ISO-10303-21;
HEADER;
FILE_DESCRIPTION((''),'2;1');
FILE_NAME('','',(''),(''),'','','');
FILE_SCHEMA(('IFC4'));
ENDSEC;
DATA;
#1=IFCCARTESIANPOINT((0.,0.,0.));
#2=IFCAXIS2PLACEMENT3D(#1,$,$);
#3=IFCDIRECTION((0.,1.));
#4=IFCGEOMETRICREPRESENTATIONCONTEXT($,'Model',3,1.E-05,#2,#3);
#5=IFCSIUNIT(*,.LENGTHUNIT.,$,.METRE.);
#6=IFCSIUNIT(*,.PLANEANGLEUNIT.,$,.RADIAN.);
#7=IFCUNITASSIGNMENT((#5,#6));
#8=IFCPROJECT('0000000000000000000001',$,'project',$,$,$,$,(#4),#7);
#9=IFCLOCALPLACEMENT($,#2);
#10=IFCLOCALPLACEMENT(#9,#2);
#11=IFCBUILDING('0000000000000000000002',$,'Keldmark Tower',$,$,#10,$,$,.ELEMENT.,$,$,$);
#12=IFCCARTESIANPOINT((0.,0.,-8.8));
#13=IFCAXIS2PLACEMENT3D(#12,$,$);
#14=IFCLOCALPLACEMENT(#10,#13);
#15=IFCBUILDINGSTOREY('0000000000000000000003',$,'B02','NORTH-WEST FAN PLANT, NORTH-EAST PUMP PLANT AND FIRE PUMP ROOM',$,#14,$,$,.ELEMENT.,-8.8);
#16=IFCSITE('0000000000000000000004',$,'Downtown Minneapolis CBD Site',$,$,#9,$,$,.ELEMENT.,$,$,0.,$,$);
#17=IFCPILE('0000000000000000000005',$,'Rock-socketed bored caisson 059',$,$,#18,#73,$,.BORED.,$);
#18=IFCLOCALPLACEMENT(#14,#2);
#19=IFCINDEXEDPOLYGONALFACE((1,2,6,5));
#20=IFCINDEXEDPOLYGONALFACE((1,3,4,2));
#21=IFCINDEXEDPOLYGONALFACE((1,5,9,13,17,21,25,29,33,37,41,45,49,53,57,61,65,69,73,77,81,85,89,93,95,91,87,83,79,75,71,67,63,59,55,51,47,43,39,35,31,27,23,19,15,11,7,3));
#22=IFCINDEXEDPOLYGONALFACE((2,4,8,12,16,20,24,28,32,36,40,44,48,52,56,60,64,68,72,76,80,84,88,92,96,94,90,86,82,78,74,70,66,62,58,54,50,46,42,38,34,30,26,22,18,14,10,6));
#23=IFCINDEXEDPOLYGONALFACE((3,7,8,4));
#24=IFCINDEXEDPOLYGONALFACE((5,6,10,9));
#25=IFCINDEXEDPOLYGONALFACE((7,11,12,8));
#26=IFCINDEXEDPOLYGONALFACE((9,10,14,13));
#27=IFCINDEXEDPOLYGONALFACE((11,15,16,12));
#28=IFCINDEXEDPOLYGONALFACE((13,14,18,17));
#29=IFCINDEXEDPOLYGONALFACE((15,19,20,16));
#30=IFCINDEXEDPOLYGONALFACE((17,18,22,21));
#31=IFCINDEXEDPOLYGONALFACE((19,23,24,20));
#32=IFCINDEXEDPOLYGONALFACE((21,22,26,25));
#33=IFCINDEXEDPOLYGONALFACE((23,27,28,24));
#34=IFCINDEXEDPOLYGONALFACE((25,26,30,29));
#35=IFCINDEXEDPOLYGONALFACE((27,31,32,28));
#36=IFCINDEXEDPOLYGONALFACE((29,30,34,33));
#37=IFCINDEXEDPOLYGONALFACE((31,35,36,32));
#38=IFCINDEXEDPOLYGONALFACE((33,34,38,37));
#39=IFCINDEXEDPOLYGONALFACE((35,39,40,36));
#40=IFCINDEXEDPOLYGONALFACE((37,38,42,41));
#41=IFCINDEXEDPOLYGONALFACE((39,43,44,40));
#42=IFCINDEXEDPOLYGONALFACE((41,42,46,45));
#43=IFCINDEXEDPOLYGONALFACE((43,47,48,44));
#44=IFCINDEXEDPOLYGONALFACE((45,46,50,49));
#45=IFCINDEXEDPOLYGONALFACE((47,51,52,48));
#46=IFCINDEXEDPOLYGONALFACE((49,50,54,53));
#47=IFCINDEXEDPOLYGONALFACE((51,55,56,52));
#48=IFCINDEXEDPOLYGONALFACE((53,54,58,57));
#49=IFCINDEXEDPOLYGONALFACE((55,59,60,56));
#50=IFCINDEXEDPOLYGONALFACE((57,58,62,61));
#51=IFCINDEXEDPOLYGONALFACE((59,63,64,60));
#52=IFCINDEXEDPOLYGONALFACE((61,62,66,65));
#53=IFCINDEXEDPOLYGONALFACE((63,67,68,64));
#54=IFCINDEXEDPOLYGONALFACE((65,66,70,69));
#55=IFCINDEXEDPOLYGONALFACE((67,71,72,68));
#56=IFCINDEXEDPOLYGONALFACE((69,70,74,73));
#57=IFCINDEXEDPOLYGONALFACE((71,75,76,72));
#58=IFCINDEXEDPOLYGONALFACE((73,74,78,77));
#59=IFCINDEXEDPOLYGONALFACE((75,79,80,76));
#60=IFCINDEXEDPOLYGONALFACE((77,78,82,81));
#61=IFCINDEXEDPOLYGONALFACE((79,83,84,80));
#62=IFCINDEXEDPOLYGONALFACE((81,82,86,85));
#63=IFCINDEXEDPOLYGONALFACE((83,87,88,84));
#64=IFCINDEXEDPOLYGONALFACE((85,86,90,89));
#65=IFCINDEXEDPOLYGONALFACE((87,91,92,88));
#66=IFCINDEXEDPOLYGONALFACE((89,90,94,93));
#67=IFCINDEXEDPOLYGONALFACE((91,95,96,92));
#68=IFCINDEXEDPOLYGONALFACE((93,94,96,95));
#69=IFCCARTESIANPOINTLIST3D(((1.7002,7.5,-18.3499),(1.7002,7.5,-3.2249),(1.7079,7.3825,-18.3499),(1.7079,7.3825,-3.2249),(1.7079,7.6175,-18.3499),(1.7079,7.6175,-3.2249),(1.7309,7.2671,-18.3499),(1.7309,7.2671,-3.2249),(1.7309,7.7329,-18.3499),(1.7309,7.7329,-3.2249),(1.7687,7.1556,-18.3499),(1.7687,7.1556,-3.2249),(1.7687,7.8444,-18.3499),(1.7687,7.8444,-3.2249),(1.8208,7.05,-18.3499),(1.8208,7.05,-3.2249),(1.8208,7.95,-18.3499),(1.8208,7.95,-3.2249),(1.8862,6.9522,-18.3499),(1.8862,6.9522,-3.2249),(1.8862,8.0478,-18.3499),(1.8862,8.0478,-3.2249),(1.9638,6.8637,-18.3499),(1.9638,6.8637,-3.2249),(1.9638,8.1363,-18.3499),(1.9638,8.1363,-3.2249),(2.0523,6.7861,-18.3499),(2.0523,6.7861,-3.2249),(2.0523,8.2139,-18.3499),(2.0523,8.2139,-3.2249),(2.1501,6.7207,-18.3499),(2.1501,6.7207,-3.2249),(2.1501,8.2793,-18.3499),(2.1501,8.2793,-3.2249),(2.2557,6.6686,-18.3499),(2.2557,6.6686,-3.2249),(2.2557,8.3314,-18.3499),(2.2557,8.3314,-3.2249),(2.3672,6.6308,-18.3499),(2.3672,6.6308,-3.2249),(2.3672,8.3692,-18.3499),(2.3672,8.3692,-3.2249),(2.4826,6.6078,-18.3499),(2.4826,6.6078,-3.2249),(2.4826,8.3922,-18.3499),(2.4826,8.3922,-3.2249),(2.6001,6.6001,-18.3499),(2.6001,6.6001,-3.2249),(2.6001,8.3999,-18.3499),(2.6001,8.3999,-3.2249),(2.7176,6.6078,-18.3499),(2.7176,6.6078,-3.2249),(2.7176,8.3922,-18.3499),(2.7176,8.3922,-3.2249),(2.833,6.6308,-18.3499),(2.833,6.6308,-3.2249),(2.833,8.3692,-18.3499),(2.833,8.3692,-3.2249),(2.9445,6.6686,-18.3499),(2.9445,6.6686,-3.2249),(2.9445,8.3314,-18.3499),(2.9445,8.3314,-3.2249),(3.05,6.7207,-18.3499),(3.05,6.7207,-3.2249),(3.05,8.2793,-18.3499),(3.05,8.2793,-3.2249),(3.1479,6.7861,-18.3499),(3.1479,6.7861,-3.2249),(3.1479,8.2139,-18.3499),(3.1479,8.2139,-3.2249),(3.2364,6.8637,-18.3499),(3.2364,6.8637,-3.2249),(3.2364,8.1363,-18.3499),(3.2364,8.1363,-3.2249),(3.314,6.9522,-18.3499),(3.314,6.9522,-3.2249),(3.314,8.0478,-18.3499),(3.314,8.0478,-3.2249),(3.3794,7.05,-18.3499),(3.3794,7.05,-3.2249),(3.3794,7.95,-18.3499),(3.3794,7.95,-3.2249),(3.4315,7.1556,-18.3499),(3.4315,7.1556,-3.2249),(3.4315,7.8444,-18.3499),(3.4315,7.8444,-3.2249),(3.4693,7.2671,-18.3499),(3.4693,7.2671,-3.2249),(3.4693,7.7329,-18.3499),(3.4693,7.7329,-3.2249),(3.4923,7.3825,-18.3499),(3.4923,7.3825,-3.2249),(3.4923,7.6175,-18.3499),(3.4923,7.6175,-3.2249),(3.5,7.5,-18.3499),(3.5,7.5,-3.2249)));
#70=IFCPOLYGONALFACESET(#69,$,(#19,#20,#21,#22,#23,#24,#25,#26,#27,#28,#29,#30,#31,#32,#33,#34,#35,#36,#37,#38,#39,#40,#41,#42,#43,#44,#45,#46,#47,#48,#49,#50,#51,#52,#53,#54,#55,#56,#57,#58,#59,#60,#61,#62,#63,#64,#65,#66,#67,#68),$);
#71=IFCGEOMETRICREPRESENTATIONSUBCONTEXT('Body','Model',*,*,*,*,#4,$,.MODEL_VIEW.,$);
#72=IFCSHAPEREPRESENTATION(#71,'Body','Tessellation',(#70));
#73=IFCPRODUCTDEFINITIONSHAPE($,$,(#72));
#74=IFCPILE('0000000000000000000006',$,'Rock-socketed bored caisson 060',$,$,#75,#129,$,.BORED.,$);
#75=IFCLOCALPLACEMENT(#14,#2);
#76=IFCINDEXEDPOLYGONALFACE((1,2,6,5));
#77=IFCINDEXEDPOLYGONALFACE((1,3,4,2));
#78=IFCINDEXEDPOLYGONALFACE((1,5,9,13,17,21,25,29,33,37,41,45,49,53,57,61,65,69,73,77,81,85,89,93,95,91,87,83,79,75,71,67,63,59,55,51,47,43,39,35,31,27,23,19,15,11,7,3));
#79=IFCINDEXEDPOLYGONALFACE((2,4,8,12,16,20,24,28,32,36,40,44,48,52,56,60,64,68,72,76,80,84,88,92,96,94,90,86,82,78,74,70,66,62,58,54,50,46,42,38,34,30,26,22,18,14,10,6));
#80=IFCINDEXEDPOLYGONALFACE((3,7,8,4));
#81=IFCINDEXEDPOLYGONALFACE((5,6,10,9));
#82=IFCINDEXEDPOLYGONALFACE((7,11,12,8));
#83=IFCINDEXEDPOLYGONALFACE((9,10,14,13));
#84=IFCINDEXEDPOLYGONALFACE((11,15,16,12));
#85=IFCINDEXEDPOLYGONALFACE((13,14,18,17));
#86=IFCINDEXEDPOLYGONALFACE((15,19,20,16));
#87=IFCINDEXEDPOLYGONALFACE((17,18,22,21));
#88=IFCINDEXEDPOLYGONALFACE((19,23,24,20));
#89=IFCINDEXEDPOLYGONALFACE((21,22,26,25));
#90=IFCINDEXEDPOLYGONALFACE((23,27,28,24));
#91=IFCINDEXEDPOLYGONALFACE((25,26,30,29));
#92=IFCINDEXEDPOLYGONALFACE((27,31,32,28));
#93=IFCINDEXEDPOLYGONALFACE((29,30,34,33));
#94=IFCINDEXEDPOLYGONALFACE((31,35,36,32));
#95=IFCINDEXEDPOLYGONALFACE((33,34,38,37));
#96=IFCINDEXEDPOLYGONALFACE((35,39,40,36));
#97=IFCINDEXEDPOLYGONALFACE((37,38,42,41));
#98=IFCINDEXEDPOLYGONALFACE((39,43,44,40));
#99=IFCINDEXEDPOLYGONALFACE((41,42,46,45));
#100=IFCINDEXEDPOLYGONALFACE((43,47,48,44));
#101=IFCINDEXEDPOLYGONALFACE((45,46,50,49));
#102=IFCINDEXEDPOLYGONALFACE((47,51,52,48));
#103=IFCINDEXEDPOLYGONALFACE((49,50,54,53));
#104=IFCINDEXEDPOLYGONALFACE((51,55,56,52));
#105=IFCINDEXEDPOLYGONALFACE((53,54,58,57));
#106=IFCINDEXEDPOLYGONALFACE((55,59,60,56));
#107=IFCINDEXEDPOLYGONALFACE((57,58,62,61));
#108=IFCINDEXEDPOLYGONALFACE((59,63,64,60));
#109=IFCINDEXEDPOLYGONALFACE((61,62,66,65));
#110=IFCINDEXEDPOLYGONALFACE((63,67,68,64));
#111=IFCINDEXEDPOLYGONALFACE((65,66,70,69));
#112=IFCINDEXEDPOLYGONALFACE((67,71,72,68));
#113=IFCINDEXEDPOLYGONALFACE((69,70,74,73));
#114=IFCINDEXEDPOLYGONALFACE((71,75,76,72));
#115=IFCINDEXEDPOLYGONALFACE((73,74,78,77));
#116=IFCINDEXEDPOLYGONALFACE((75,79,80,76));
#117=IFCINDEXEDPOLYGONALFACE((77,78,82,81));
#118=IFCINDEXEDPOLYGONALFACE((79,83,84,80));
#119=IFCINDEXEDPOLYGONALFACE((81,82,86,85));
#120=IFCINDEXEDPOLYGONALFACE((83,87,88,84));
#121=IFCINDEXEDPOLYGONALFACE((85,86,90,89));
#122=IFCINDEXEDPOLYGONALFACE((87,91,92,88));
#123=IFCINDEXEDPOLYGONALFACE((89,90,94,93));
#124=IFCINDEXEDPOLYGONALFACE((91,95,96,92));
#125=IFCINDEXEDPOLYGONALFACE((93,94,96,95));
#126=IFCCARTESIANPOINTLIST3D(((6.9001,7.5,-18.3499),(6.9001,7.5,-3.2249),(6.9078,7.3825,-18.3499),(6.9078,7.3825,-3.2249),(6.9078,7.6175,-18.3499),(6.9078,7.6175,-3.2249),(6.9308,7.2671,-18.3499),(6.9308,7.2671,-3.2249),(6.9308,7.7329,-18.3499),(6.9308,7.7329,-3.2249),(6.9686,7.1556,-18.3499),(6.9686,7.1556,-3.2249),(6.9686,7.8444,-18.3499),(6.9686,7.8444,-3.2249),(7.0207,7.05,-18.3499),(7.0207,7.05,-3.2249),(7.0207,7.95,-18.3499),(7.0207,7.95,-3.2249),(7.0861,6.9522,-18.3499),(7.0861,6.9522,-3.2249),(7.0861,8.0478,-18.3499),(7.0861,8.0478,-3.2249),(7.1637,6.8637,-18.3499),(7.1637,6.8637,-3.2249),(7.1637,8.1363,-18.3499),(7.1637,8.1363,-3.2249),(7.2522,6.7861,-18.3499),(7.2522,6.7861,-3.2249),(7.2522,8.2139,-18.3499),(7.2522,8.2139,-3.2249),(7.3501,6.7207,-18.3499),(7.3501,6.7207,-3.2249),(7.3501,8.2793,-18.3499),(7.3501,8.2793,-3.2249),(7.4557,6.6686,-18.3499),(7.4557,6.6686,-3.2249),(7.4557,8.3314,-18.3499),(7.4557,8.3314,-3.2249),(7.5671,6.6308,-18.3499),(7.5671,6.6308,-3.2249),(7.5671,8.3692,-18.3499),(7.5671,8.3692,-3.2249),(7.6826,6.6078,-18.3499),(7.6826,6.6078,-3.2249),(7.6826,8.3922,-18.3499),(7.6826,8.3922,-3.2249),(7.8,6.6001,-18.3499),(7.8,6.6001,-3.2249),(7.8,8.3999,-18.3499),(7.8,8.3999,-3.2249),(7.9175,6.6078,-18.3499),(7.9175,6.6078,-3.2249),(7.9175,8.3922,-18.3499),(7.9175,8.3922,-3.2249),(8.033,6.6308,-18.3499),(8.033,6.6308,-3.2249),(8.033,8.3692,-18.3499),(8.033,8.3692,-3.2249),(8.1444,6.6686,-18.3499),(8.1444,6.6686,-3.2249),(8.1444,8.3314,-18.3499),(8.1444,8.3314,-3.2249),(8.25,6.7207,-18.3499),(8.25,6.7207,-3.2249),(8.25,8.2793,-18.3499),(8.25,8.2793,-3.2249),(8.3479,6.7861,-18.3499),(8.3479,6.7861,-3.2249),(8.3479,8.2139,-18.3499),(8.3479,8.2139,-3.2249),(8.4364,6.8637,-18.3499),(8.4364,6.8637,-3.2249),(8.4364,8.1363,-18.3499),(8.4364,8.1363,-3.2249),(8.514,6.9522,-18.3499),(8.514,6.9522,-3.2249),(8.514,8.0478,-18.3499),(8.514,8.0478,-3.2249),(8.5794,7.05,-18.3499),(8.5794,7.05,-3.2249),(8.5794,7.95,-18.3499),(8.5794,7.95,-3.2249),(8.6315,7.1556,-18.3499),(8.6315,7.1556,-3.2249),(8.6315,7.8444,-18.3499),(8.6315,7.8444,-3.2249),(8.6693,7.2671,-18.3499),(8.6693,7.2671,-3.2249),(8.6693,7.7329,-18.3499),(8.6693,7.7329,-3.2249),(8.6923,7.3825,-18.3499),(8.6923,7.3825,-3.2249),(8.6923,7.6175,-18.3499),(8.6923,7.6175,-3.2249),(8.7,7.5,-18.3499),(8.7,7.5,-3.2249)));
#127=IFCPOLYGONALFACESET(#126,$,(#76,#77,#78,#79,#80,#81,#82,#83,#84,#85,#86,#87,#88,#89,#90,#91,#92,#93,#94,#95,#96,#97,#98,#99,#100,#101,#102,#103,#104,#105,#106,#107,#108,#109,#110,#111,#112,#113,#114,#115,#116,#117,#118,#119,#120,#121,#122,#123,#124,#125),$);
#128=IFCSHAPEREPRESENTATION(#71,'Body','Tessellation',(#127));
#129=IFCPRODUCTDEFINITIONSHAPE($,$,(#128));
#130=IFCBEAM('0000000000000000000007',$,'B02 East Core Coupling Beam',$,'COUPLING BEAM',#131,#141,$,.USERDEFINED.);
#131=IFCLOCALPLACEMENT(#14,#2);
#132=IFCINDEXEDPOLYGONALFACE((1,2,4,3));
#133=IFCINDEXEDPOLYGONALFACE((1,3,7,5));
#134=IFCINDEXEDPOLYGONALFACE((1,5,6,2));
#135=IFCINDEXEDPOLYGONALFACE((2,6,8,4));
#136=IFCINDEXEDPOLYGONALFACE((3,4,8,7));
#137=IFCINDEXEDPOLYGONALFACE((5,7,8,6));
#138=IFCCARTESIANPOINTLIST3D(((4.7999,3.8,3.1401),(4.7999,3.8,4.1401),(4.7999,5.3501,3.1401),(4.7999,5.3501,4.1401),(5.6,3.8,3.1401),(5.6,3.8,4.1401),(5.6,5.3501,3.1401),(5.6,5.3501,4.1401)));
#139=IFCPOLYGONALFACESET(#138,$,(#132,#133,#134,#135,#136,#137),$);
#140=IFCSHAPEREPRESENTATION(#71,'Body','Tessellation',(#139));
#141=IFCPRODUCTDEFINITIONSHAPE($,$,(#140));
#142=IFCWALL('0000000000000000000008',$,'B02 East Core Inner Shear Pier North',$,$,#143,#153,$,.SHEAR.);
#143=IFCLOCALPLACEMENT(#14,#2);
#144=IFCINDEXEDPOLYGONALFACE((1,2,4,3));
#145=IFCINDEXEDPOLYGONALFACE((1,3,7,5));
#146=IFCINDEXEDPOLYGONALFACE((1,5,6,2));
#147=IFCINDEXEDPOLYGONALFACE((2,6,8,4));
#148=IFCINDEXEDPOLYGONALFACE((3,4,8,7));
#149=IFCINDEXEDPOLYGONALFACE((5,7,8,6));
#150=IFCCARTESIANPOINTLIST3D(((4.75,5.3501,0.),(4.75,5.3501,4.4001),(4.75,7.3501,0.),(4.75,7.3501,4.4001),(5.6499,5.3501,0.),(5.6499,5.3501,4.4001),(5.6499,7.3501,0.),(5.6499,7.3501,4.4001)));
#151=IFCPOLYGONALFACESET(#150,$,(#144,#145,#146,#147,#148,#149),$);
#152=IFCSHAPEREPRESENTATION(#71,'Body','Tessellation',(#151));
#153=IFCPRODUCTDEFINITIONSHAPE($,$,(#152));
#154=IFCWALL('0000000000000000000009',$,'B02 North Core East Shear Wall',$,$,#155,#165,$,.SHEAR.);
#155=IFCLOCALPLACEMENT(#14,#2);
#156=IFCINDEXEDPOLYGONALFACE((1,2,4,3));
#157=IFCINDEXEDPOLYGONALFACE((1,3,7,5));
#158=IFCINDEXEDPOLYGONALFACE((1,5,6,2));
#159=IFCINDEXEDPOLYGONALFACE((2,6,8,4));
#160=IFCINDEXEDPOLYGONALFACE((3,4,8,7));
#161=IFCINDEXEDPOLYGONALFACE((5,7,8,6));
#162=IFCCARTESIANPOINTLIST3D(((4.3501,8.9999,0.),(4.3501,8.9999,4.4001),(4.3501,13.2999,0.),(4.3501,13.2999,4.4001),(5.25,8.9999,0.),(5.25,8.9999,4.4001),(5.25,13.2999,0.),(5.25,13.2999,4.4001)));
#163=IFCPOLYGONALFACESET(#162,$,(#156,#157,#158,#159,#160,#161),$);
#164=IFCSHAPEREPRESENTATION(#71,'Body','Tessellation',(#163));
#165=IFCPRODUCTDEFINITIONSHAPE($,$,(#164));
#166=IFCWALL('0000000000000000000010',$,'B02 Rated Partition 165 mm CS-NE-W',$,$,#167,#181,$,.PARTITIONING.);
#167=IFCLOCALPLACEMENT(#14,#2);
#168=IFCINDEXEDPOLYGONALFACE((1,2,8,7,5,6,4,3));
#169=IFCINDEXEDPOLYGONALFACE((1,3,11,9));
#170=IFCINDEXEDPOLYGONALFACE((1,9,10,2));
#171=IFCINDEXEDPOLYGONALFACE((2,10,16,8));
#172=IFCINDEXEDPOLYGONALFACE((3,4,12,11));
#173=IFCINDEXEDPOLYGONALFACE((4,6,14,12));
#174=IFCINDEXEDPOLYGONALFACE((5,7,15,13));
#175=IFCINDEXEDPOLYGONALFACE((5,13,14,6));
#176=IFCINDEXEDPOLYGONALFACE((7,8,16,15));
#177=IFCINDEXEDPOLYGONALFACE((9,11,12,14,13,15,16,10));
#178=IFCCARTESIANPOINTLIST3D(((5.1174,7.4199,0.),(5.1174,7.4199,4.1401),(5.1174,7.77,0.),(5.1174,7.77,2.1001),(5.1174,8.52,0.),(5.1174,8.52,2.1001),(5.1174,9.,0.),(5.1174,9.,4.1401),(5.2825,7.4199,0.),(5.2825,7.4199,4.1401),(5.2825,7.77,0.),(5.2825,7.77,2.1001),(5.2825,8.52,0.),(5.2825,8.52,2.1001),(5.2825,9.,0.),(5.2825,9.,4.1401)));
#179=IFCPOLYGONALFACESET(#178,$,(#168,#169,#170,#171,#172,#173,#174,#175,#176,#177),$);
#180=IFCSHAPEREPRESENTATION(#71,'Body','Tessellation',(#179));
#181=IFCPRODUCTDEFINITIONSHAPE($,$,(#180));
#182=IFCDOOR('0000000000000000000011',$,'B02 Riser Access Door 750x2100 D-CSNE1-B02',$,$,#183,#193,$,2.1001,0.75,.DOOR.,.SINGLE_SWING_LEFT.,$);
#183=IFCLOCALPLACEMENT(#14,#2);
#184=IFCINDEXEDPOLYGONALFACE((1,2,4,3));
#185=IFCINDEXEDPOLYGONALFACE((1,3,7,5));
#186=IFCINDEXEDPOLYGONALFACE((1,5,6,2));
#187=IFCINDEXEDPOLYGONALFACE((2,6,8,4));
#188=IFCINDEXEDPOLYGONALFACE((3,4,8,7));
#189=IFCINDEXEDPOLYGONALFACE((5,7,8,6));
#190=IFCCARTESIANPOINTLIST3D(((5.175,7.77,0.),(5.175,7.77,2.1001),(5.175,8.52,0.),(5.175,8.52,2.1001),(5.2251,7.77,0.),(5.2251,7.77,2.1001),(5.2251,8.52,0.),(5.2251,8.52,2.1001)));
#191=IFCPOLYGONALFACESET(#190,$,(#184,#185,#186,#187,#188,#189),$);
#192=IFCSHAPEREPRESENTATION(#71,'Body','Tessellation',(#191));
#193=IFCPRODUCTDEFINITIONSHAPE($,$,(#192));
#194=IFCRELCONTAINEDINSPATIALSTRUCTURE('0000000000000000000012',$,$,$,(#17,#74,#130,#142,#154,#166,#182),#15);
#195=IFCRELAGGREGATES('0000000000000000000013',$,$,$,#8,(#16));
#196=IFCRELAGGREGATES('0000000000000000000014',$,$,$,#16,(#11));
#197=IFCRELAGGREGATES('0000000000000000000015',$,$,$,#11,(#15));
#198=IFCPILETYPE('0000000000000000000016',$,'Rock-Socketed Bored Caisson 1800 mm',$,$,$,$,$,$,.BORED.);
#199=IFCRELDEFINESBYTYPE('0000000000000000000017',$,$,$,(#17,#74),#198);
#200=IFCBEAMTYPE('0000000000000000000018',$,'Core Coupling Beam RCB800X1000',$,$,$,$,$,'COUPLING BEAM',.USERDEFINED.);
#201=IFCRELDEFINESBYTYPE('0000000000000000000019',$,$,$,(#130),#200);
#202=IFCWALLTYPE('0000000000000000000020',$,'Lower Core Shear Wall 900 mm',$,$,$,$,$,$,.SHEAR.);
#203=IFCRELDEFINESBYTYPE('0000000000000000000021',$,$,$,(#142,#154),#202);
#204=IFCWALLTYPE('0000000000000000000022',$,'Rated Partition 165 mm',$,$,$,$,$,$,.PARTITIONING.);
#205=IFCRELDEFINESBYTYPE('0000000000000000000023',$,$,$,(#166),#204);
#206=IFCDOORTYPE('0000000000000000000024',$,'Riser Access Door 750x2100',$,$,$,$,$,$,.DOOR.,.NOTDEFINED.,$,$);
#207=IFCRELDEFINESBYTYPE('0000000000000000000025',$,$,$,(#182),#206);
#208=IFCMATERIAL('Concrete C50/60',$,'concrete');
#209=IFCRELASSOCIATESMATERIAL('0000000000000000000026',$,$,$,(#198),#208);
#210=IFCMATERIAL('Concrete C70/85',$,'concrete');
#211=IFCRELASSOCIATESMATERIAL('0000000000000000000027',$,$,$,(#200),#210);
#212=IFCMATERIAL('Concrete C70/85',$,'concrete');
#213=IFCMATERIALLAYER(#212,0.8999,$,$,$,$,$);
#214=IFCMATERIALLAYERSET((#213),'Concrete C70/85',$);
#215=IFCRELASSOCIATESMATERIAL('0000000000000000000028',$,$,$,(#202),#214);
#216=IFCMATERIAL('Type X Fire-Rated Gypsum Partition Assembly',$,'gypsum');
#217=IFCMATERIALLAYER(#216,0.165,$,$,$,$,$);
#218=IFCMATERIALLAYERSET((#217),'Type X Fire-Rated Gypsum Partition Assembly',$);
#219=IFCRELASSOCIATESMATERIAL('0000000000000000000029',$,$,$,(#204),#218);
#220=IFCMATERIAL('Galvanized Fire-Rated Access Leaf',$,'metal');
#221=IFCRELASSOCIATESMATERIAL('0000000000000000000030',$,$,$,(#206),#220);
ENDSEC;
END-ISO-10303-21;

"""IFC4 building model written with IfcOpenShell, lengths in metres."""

from ifc_helpers import new_model, si_unit, direction, frame, frame_2d, origin, origin_2d, place, context, subcontext, project, spatial, rectangle, circle, extrude, material, layer, layer_set, material_profile, profile_set, type_object, element, fill, save


model = new_model("IFC4")

# Units and contexts
model_context = context("Model", 3, precision=1e-05, world=origin(), true_north=direction((0.0, 1.0)))
body_context = subcontext(model_context, "Body", "Model", "MODEL_VIEW")
ifc_project = project(units=[si_unit("LENGTHUNIT", "METRE"), si_unit("PLANEANGLEUNIT", "RADIAN")], contexts=[model_context])

# Site, building, storey
site_placement = place(None, origin())
site = spatial("IfcSite", under=ifc_project, at=site_placement, Name="Downtown Minneapolis CBD Site", CompositionType="ELEMENT", RefElevation=0.0)
building_placement = place(site_placement, origin())
building = spatial("IfcBuilding", under=site, at=building_placement, Name="Keldmark Tower", CompositionType="ELEMENT")
storey_placement = place(building_placement, frame((0.0, 0.0, -8.8)))
storey = spatial("IfcBuildingStorey", under=building, at=storey_placement, Name="B02", Description="NORTH-WEST FAN PLANT, NORTH-EAST PUMP PLANT AND FIRE PUMP ROOM", CompositionType="ELEMENT", Elevation=-8.8)

# Piles
ifc_material_1 = material(Name="Concrete C50/60", Category="concrete")
ifc_material_profile_1 = material_profile(ifc_material_1, circle(Radius=0.8999, at=origin_2d()), Name="CAISSON1800")
ifc_profile_set_1 = profile_set([ifc_material_profile_1], Name="Concrete C50/60")
pile_type = type_object("IfcPileType", Name="Rock-Socketed Bored Caisson 1800 mm", PredefinedType="BORED", material=ifc_profile_set_1)
for number, where, z_axis, x_axis, name in (
    (1, (2.6001, 7.5, -3.2249), (0.0, 0.0, -1.0), (1.0, 0.0, 0.0), "Rock-socketed bored caisson 059"),
    (2, (7.8, 7.5, -3.2249), (0.0, 0.0, -1.0), (1.0, 0.0, 0.0), "Rock-socketed bored caisson 060"),
):
    element("IfcPile", number, at=place(storey_placement, frame(where, z_axis=z_axis, x_axis=x_axis)), inside=storey, type_object=pile_type, Name=name, PredefinedType="BORED", context=body_context, shape_type="SweptSolid", body=[
        extrude(circle(Radius=0.8999, at=origin_2d()), origin(), (0.0, 0.0, 1.0), 15.125),
    ])

# Beam
ifc_material_2 = material(Name="Concrete C70/85", Category="concrete")
ifc_material_profile_2 = material_profile(ifc_material_2, rectangle(XDim=0.8, YDim=1.0, at=origin_2d()), Name="RCB800X1000")
ifc_profile_set_2 = profile_set([ifc_material_profile_2], Name="Concrete C70/85")
beam_type = type_object("IfcBeamType", Name="Core Coupling Beam RCB800X1000", ElementType="COUPLING BEAM", PredefinedType="USERDEFINED", material=ifc_profile_set_2)
beam_placement = place(storey_placement, frame((5.2, 3.8, 3.6401), z_axis=(0.0, 1.0, 0.0), x_axis=(-1.0, 0.0, 0.0)))
element("IfcBeam", 3, at=beam_placement, inside=storey, type_object=beam_type, Name="B02 East Core Coupling Beam", ObjectType="COUPLING BEAM", PredefinedType="USERDEFINED", context=body_context, shape_type="SweptSolid", body=[
    extrude(rectangle(XDim=0.8, YDim=1.0, at=origin_2d()), origin(), (0.0, 0.0, 1.0), 1.55),
])

# Walls
ifc_material_3 = material(Name="Concrete C70/85", Category="concrete")
ifc_layer_1 = layer(ifc_material_3, 0.8999)
ifc_layer_set_1 = layer_set([ifc_layer_1], Name="Concrete C70/85")
wall_type_1 = type_object("IfcWallType", Name="Lower Core Shear Wall 900 mm", PredefinedType="SHEAR", material=ifc_layer_set_1)
wall_1_placement = place(storey_placement, frame((5.2, 5.3501, 0.0), z_axis=(0.0, 0.0, 1.0), x_axis=(0.0, 1.0, 0.0)))
element("IfcWall", 4, at=wall_1_placement, inside=storey, type_object=wall_type_1, Name="B02 East Core Inner Shear Pier North", PredefinedType="SHEAR", context=body_context, shape_type="SweptSolid", body=[
    extrude(rectangle(XDim=2.0, YDim=0.8999, at=frame_2d((1.0, 0.0))), origin(), (0.0, 0.0, 1.0), 4.4001),
])
wall_2_placement = place(storey_placement, frame((4.8, 9.0, 0.0), z_axis=(0.0, 0.0, 1.0), x_axis=(0.0, 1.0, 0.0)))
element("IfcWall", 5, at=wall_2_placement, inside=storey, type_object=wall_type_1, Name="B02 North Core East Shear Wall", PredefinedType="SHEAR", context=body_context, shape_type="SweptSolid", body=[
    extrude(rectangle(XDim=4.3, YDim=0.8999, at=frame_2d((2.1499, 0.0))), origin(), (0.0, 0.0, 1.0), 4.4001),
])

# Wall, opening, door
ifc_material_4 = material(Name="Type X Fire-Rated Gypsum Partition Assembly", Category="gypsum")
ifc_layer_2 = layer(ifc_material_4, 0.165)
ifc_layer_set_2 = layer_set([ifc_layer_2], Name="Type X Fire-Rated Gypsum Partition Assembly")
wall_type_2 = type_object("IfcWallType", Name="Rated Partition 165 mm", PredefinedType="PARTITIONING", material=ifc_layer_set_2)
wall_3_placement = place(storey_placement, frame((5.2, 7.4199, 0.0), z_axis=(0.0, 0.0, 1.0), x_axis=(0.0, 1.0, 0.0)))
wall_3 = element("IfcWall", 6, at=wall_3_placement, inside=storey, type_object=wall_type_2, Name="B02 Rated Partition 165 mm CS-NE-W", PredefinedType="PARTITIONING", context=body_context, shape_type="SweptSolid", body=[
    extrude(rectangle(XDim=1.5801, YDim=0.165, at=frame_2d((0.79, 0.0))), origin(), (0.0, 0.0, 1.0), 4.1401),
])
opening_1_placement = place(wall_3_placement, frame((0.3501, 0.0, 0.0)))
opening_1 = element("IfcOpeningElement", 7, at=opening_1_placement, cuts=wall_3, PredefinedType="OPENING", context=body_context, shape_type="SweptSolid", body=[
    extrude(rectangle(XDim=0.75, YDim=2.1001, at=frame_2d((0.375, 1.05))), frame((0.0, 0.0925, 0.0), z_axis=(0.0, -1.0, 0.0), x_axis=(1.0, 0.0, 0.0)), (0.0, 0.0, 1.0), 0.1851),
])
ifc_material_5 = material(Name="Galvanized Fire-Rated Access Leaf", Category="metal")
door_type_1 = type_object("IfcDoorType", Name="Riser Access Door 750x2100", OperationType="NOTDEFINED", PredefinedType="DOOR", material=ifc_material_5)
door_1_placement = place(opening_1_placement, origin())
door_1 = element("IfcDoor", 8, at=door_1_placement, inside=storey, type_object=door_type_1, Name="B02 Riser Access Door 750x2100 D-CSNE1-B02", OperationType="SINGLE_SWING_LEFT", OverallHeight=2.1001, OverallWidth=0.75, PredefinedType="DOOR", context=body_context, shape_type="SweptSolid", body=[
    extrude(rectangle(XDim=0.75, YDim=2.1001, at=frame_2d((0.375, 1.05))), frame((0.0, 0.0249, 0.0), z_axis=(0.0, -1.0, 0.0), x_axis=(1.0, 0.0, 0.0)), (0.0, 0.0, 1.0), 0.05),
])
fill(opening_1, door_1)

save(model, "model.ifc")
